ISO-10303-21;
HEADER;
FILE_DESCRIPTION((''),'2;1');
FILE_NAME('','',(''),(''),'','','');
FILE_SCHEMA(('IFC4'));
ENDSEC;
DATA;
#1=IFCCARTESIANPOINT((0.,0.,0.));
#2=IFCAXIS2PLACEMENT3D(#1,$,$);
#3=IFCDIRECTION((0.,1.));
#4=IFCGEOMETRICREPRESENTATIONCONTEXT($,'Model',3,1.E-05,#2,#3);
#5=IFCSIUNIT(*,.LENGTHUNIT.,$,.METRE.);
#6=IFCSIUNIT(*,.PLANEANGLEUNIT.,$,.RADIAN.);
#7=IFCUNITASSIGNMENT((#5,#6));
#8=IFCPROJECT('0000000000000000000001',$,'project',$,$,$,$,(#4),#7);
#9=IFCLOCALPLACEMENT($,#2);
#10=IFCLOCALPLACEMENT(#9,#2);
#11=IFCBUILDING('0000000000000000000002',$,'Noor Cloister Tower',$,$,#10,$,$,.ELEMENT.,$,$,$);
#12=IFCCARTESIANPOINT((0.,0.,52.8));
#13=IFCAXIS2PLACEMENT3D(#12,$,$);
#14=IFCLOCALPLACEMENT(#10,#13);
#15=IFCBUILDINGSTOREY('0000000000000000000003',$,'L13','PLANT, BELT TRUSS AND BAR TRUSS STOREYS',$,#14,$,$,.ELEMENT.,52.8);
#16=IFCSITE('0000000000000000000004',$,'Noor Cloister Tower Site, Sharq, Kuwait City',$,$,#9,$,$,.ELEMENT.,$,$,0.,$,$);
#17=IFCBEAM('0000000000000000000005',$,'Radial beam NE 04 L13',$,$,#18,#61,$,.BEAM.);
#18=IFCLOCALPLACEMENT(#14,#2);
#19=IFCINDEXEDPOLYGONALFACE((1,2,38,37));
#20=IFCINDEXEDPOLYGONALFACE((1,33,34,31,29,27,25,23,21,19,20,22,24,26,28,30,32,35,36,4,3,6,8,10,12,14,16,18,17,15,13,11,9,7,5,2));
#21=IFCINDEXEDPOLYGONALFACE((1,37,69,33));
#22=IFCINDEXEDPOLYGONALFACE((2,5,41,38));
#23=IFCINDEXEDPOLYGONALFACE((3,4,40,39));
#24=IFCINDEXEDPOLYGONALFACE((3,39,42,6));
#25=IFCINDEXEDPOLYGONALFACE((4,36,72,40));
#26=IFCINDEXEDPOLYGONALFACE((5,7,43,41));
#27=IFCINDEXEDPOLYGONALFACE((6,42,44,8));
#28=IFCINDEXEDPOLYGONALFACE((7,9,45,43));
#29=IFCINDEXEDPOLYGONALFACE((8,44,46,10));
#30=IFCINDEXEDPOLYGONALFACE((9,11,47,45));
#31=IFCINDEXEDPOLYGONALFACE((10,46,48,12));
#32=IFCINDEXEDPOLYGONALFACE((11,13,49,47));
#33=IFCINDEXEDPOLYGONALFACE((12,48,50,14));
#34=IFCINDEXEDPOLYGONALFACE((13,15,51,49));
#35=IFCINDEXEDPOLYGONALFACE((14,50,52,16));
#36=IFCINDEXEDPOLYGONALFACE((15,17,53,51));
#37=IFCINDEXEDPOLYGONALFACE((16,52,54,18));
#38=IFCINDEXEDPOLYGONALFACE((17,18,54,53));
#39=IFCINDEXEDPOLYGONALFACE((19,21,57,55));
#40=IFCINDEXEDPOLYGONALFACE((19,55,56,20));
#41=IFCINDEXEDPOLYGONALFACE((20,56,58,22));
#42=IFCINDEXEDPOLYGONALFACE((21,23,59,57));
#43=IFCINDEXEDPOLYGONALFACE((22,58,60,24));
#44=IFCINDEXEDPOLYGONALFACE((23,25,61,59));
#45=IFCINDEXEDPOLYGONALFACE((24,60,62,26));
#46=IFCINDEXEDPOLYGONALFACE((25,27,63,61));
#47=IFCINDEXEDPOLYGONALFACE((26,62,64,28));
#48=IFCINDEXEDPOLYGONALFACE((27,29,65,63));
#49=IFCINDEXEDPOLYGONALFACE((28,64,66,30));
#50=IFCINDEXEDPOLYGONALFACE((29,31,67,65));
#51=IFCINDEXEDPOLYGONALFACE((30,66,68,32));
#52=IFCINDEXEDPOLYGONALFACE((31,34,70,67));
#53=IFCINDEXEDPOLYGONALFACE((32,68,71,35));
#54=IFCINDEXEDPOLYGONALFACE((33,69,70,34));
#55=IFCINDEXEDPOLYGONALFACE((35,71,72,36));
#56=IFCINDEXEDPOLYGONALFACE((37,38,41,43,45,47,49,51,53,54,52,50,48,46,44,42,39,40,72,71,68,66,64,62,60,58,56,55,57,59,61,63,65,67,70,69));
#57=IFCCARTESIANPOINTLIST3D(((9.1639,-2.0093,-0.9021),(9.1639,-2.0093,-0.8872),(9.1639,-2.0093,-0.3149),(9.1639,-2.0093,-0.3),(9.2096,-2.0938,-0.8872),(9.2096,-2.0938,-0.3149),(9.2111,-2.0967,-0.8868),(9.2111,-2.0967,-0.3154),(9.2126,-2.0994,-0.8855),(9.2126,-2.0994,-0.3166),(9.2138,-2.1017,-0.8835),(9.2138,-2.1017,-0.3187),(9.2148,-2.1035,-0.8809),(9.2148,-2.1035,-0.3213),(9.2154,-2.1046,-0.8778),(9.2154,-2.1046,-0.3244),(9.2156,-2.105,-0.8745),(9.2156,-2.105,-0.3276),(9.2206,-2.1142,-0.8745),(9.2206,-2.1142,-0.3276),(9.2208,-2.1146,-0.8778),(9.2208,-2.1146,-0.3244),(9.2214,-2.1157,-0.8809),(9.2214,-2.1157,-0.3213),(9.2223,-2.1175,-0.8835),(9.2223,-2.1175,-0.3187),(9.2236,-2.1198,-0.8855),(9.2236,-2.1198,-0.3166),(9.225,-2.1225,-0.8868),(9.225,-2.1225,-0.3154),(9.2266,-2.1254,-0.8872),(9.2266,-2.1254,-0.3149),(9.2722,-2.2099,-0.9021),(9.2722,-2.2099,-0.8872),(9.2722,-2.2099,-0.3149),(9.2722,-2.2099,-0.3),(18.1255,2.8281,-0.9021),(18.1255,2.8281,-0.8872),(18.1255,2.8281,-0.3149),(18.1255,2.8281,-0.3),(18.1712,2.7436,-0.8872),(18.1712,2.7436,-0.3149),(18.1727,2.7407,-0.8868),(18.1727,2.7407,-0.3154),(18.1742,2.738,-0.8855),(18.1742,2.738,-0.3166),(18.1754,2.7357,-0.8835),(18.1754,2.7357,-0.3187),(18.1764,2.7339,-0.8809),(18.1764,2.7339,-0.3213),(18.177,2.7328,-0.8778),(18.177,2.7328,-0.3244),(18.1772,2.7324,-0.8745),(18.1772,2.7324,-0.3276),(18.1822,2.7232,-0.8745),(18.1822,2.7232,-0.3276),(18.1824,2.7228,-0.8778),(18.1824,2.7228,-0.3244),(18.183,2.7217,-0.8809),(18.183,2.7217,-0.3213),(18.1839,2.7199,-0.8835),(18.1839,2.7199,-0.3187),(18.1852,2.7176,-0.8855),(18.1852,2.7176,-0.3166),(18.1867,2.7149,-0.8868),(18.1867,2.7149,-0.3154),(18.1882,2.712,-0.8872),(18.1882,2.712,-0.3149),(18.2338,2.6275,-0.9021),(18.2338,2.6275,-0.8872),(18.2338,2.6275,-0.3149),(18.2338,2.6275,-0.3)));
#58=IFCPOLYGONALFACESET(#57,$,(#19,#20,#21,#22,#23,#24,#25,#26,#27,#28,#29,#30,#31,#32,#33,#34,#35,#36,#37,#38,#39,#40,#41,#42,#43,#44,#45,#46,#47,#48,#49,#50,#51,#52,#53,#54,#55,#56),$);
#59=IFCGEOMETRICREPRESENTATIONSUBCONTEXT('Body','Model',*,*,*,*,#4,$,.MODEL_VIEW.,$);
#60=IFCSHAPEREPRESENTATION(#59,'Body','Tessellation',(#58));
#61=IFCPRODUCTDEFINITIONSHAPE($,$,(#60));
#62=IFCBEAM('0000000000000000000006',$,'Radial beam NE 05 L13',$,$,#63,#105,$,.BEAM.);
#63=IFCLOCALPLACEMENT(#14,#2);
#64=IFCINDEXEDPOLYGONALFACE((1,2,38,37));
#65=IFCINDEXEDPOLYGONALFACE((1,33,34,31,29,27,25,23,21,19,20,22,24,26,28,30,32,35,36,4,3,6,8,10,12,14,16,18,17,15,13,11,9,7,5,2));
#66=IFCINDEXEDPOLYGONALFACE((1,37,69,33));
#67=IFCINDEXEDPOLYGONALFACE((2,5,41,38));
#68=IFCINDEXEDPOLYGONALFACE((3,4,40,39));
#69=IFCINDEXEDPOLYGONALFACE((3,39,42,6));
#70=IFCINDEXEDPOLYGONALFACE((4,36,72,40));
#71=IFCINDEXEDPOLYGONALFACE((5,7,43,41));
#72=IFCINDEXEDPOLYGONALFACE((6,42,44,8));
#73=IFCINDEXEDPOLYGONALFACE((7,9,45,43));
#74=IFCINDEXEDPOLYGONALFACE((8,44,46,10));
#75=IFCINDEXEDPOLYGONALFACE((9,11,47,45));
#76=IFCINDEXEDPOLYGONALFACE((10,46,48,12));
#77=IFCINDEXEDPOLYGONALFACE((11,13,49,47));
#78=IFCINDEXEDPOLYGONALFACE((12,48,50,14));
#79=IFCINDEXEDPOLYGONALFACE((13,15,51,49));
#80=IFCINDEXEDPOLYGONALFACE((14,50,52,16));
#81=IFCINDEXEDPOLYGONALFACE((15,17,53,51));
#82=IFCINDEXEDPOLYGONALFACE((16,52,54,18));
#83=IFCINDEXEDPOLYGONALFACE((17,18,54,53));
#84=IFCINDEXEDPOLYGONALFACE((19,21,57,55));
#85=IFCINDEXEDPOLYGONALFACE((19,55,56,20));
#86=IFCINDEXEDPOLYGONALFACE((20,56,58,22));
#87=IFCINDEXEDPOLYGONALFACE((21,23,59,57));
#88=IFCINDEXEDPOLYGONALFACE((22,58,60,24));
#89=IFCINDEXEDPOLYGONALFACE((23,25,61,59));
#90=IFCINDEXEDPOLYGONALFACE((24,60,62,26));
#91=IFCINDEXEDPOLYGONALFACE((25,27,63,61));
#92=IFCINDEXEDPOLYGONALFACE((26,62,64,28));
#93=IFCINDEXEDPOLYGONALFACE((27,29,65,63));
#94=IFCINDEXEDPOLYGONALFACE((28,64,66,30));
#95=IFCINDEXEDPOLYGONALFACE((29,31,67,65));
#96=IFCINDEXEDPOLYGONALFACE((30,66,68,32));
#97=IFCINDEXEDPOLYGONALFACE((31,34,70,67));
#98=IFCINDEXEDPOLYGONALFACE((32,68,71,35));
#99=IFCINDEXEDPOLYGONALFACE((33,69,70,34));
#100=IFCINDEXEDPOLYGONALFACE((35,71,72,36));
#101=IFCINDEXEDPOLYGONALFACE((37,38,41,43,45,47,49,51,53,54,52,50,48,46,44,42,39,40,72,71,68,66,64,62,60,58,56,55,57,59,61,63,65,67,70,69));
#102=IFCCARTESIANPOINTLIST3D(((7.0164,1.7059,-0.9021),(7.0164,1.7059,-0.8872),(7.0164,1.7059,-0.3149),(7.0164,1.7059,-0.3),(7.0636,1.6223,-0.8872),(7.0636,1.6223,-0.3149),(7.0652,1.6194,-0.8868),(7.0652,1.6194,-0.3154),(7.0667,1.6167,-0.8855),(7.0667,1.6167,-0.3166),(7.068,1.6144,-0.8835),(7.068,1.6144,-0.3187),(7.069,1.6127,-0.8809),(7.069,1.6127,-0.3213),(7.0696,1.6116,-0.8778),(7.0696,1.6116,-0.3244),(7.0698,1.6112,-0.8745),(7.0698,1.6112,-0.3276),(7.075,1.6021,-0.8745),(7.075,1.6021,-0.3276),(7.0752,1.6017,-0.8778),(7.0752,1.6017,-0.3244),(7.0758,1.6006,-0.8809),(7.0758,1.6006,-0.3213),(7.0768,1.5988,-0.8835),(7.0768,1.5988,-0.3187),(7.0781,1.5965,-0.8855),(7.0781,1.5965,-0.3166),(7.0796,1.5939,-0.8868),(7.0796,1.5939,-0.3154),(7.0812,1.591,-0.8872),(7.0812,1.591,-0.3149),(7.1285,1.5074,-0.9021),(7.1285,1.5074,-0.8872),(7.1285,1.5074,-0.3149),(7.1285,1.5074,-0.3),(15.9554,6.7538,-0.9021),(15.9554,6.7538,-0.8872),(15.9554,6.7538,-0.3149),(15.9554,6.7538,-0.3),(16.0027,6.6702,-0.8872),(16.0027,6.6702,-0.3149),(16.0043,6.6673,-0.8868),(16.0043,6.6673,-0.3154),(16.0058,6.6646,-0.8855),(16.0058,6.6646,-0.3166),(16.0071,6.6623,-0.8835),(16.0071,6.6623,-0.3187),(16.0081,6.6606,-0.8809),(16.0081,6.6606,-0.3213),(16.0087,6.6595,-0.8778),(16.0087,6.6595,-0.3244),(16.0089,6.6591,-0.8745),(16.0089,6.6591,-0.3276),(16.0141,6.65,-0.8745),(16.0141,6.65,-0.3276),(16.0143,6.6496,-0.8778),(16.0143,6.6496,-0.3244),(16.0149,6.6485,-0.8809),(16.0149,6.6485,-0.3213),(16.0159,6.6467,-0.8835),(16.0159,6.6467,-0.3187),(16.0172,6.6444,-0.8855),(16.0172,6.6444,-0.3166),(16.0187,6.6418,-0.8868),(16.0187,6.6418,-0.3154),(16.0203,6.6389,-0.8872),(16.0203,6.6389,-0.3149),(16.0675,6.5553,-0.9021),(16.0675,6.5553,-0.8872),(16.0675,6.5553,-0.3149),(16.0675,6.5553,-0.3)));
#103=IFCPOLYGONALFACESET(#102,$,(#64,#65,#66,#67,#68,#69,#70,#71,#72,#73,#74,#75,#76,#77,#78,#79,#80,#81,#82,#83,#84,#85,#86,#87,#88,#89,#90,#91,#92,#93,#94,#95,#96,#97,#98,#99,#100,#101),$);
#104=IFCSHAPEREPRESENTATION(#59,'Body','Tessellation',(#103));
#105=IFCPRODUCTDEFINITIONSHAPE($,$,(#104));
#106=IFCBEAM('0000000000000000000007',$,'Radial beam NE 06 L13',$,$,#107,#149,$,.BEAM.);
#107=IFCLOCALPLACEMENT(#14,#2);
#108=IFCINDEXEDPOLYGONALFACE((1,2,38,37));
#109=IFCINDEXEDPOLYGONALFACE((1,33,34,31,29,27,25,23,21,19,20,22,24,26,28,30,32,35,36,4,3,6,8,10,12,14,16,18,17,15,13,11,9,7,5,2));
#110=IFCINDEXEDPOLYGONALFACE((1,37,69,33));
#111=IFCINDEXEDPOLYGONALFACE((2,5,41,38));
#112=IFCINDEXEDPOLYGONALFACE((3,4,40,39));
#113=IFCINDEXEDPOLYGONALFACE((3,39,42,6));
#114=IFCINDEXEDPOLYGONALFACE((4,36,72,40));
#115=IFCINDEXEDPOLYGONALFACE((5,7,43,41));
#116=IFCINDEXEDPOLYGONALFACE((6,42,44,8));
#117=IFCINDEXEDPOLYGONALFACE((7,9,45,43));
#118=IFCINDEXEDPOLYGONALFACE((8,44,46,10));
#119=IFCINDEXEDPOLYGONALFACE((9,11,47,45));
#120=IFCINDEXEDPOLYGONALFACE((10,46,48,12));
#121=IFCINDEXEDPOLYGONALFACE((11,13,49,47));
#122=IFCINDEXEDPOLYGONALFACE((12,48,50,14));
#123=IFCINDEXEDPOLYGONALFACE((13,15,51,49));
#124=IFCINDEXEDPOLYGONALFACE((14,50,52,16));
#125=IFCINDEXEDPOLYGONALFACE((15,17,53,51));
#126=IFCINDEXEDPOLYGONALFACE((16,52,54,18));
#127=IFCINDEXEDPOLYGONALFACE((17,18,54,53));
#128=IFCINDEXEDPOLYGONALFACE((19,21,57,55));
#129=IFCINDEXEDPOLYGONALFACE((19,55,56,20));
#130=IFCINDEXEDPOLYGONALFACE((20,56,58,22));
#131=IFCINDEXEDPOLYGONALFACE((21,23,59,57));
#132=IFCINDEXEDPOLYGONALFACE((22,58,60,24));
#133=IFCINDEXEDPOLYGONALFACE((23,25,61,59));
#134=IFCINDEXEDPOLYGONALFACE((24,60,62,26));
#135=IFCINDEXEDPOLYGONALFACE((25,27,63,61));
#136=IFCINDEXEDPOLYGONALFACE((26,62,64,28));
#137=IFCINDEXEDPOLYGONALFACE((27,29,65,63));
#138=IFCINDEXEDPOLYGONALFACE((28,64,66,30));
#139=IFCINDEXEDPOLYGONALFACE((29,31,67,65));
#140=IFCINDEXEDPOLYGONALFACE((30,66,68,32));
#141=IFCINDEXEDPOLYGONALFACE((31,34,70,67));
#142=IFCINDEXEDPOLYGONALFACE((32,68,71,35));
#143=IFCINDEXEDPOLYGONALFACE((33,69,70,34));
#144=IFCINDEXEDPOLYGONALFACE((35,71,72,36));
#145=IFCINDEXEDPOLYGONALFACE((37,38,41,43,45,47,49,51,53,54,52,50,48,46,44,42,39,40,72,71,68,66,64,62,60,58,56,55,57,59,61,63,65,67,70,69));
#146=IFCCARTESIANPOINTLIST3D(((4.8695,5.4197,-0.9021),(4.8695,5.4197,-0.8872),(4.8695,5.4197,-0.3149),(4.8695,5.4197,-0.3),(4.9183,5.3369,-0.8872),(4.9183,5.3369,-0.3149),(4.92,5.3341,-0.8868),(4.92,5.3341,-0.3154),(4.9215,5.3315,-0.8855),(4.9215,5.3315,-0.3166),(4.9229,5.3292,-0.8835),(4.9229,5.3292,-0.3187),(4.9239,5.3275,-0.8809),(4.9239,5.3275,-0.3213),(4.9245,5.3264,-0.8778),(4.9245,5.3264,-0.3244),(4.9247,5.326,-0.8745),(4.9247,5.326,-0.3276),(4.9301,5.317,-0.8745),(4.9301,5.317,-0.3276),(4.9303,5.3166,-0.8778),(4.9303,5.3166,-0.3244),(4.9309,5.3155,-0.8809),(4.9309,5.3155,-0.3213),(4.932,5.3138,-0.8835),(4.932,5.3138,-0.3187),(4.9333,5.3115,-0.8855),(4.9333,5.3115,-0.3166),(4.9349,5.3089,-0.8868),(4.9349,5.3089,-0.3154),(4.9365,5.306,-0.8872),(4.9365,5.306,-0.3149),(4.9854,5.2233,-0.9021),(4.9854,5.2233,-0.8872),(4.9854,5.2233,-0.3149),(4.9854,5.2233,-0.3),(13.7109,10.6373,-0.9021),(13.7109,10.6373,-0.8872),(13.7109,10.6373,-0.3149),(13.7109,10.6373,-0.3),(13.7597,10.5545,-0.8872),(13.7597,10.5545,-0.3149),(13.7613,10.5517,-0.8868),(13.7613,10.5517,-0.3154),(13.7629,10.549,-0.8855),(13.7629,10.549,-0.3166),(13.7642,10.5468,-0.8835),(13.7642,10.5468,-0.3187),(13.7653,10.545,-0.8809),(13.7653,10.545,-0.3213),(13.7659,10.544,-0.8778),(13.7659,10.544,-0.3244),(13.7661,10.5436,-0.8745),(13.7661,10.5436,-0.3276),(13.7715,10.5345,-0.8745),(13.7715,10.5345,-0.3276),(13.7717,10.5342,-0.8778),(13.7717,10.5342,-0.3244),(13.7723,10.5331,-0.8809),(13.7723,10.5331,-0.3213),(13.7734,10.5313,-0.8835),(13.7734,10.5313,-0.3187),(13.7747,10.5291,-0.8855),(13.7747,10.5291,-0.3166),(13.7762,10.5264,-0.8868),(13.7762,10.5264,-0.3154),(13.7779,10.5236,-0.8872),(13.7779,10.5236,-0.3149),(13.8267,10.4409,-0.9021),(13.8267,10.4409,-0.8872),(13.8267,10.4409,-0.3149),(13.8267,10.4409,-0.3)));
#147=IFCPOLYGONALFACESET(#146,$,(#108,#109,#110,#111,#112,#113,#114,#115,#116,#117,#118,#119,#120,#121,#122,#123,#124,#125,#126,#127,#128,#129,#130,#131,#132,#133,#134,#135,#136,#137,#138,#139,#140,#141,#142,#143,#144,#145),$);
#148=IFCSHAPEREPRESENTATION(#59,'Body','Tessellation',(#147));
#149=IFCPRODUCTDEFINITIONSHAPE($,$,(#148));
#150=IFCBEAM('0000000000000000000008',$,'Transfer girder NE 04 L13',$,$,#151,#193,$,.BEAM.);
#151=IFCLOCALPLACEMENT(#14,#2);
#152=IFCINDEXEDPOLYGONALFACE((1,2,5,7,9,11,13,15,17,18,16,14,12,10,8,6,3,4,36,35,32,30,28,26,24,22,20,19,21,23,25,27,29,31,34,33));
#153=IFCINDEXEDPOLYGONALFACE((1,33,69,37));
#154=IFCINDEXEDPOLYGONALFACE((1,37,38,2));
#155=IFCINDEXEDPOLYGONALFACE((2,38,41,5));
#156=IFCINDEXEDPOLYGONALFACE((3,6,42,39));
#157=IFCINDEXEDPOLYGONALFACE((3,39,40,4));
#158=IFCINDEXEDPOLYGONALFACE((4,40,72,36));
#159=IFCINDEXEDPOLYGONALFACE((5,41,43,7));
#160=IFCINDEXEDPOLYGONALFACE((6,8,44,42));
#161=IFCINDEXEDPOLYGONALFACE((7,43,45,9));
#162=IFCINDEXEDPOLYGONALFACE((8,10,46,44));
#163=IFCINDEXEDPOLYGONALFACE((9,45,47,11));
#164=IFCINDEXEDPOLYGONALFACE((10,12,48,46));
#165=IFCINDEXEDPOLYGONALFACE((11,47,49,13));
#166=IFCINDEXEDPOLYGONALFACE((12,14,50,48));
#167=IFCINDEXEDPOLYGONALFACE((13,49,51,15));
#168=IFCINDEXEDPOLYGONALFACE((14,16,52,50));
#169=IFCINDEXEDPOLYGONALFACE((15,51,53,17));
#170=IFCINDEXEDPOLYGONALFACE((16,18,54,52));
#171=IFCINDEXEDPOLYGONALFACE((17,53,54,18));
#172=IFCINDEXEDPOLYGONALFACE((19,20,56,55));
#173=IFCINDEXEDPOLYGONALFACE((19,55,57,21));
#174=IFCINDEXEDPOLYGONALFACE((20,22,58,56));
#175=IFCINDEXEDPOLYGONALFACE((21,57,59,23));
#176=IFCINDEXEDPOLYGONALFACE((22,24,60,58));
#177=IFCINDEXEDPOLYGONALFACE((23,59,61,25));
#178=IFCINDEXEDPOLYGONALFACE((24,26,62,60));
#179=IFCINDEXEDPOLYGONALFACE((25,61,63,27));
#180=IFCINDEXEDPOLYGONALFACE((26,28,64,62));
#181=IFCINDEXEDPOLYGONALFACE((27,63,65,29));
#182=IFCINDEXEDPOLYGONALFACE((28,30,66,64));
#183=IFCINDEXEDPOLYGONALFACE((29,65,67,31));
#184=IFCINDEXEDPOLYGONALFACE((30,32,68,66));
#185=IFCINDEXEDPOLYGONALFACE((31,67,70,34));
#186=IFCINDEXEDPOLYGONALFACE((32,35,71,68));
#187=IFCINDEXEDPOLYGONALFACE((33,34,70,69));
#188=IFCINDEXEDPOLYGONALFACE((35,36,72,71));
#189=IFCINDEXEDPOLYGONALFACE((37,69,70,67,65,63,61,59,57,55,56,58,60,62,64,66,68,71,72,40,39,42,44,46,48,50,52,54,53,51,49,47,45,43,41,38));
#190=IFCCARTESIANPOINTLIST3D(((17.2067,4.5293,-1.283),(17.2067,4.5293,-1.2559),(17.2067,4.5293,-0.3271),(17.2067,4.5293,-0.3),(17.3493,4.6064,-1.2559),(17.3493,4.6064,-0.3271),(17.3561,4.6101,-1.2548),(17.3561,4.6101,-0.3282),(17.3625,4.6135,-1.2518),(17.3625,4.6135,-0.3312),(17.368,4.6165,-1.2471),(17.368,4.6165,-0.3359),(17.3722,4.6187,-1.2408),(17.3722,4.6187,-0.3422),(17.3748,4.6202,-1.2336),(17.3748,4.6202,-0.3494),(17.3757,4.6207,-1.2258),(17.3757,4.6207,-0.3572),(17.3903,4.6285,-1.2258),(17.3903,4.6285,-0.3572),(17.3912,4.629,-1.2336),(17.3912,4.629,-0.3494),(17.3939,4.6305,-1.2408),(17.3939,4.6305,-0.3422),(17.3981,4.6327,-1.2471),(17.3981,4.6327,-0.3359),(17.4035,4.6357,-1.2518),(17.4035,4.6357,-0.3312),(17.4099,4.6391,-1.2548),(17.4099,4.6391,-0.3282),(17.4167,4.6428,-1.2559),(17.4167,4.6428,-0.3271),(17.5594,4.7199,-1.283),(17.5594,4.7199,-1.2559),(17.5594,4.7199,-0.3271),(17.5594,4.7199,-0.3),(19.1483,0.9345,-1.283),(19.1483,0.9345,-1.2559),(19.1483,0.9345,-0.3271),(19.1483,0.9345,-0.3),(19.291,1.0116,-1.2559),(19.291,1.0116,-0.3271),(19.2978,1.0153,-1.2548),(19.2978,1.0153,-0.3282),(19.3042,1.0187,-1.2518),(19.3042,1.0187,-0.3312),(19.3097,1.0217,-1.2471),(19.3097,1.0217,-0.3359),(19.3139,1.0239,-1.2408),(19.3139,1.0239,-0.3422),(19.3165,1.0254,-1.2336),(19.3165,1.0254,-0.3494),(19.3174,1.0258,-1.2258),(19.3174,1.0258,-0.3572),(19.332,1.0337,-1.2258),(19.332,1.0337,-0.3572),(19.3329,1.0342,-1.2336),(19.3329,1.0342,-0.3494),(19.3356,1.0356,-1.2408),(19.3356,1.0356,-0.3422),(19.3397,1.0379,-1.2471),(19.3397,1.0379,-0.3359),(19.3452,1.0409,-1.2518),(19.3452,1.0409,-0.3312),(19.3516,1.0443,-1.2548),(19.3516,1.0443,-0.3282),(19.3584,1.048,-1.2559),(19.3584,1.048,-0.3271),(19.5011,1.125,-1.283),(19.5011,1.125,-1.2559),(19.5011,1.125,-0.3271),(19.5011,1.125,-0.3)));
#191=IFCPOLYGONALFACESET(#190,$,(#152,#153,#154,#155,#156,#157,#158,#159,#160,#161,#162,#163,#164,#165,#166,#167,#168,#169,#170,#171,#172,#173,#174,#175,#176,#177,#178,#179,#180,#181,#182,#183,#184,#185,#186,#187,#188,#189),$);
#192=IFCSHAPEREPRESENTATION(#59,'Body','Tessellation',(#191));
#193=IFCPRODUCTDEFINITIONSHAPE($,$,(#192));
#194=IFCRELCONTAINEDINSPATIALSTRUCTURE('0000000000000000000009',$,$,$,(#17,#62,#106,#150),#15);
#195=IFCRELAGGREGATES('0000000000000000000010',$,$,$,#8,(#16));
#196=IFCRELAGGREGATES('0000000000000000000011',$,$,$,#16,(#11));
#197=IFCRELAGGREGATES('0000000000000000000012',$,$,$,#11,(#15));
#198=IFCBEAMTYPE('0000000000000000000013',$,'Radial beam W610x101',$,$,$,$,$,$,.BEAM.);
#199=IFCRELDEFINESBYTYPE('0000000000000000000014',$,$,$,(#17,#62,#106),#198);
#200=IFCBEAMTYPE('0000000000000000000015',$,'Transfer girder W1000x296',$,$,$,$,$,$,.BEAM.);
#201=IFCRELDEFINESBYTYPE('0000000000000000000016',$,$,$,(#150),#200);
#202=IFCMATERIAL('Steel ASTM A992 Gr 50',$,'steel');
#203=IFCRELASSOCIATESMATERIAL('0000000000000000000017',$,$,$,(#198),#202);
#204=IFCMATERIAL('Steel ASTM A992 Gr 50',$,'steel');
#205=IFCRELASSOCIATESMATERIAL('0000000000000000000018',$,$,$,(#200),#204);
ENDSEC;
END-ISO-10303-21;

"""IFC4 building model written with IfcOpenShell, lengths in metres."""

from ifc_helpers import new_model, si_unit, direction, frame, origin, origin_2d, place, context, subcontext, project, spatial, i_section, extrude, material, material_profile, profile_set, type_object, element, save


model = new_model("IFC4")

# Units and contexts
model_context = context("Model", 3, precision=1e-05, world=origin(), true_north=direction((0.0, 1.0)))
body_context = subcontext(model_context, "Body", "Model", "MODEL_VIEW")
ifc_project = project(units=[si_unit("LENGTHUNIT", "METRE"), si_unit("PLANEANGLEUNIT", "RADIAN")], contexts=[model_context])

# Site, building, storey
site_placement = place(None, origin())
site = spatial("IfcSite", under=ifc_project, at=site_placement, Name="Noor Cloister Tower Site, Sharq, Kuwait City", CompositionType="ELEMENT", RefElevation=0.0)
building_placement = place(site_placement, origin())
building = spatial("IfcBuilding", under=site, at=building_placement, Name="Noor Cloister Tower", CompositionType="ELEMENT")
storey_placement = place(building_placement, frame((0.0, 0.0, 52.8)))
storey = spatial("IfcBuildingStorey", under=building, at=storey_placement, Name="L13", Description="PLANT, BELT TRUSS AND BAR TRUSS STOREYS", CompositionType="ELEMENT", Elevation=52.8)

# Beams
ifc_material_1 = material(Name="Steel ASTM A992 Gr 50", Category="steel")
ifc_material_profile_1 = material_profile(ifc_material_1, i_section(OverallWidth=0.228, OverallDepth=0.6021, WebThickness=0.0105, FlangeThickness=0.0149, FilletRadius=0.0127, at=origin_2d()), Name="W610x101")
ifc_profile_set_1 = profile_set([ifc_material_profile_1], Name="Steel ASTM A992 Gr 50")
beam_type_1 = type_object("IfcBeamType", Name="Radial beam W610x101", PredefinedType="BEAM", material=ifc_profile_set_1)
beam_1_placement = place(storey_placement, frame((18.1797, 2.7278, -0.6011), z_axis=(-0.879983, -0.475005, 0.0), x_axis=(0.475005, -0.879983, 0.0)))
element("IfcBeam", 1, at=beam_1_placement, inside=storey, type_object=beam_type_1, Name="Radial beam NE 04 L13", PredefinedType="BEAM", context=body_context, shape_type="SweptSolid", body=[
    extrude(i_section(OverallWidth=0.228, OverallDepth=0.6021, WebThickness=0.0105, FlangeThickness=0.0149, FilletRadius=0.0127, at=origin_2d()), origin(), (0.0, 0.0, 1.0), 10.1838),
])
beam_2_placement = place(storey_placement, frame((16.0115, 6.6545, -0.6011), z_axis=(-0.870755, -0.491717, 0.0), x_axis=(0.491717, -0.870755, 0.0)))
element("IfcBeam", 2, at=beam_2_placement, inside=storey, type_object=beam_type_1, Name="Radial beam NE 05 L13", PredefinedType="BEAM", context=body_context, shape_type="SweptSolid", body=[
    extrude(i_section(OverallWidth=0.228, OverallDepth=0.6021, WebThickness=0.0105, FlangeThickness=0.0149, FilletRadius=0.0127, at=origin_2d()), origin(), (0.0, 0.0, 1.0), 10.2659),
])
beam_3_placement = place(storey_placement, frame((13.7688, 10.5391, -0.6011), z_axis=(-0.86122, -0.508232, 0.0), x_axis=(0.508232, -0.86122, 0.0)))
element("IfcBeam", 3, at=beam_3_placement, inside=storey, type_object=beam_type_1, Name="Radial beam NE 06 L13", PredefinedType="BEAM", context=body_context, shape_type="SweptSolid", body=[
    extrude(i_section(OverallWidth=0.228, OverallDepth=0.6021, WebThickness=0.0105, FlangeThickness=0.0149, FilletRadius=0.0127, at=origin_2d()), origin(), (0.0, 0.0, 1.0), 10.2661),
])
ifc_material_2 = material(Name="Steel ASTM A992 Gr 50", Category="steel")
ifc_material_profile_2 = material_profile(ifc_material_2, i_section(OverallWidth=0.4009, OverallDepth=0.9829, WebThickness=0.0166, FlangeThickness=0.0271, FilletRadius=0.03, at=origin_2d()), Name="W1000x296")
ifc_profile_set_2 = profile_set([ifc_material_profile_2], Name="Steel ASTM A992 Gr 50")
beam_type_2 = type_object("IfcBeamType", Name="Transfer girder W1000x296", PredefinedType="BEAM", material=ifc_profile_set_2)
for number, where, z_axis, x_axis, name in (
    (4, (19.3247, 1.0298, -0.7915), (-0.475243, 0.879854, 0.0), (-0.879854, -0.475243, 0.0), "Transfer girder NE 04 L13"),
):
    element("IfcBeam", number, at=place(storey_placement, frame(where, z_axis=z_axis, x_axis=x_axis)), inside=storey, type_object=beam_type_2, Name=name, PredefinedType="BEAM", context=body_context, shape_type="SweptSolid", body=[
        extrude(i_section(OverallWidth=0.4009, OverallDepth=0.9829, WebThickness=0.0166, FlangeThickness=0.0271, FilletRadius=0.03, at=origin_2d()), origin(), (0.0, 0.0, 1.0), 4.0857),
    ])

save(model, "model.ifc")
